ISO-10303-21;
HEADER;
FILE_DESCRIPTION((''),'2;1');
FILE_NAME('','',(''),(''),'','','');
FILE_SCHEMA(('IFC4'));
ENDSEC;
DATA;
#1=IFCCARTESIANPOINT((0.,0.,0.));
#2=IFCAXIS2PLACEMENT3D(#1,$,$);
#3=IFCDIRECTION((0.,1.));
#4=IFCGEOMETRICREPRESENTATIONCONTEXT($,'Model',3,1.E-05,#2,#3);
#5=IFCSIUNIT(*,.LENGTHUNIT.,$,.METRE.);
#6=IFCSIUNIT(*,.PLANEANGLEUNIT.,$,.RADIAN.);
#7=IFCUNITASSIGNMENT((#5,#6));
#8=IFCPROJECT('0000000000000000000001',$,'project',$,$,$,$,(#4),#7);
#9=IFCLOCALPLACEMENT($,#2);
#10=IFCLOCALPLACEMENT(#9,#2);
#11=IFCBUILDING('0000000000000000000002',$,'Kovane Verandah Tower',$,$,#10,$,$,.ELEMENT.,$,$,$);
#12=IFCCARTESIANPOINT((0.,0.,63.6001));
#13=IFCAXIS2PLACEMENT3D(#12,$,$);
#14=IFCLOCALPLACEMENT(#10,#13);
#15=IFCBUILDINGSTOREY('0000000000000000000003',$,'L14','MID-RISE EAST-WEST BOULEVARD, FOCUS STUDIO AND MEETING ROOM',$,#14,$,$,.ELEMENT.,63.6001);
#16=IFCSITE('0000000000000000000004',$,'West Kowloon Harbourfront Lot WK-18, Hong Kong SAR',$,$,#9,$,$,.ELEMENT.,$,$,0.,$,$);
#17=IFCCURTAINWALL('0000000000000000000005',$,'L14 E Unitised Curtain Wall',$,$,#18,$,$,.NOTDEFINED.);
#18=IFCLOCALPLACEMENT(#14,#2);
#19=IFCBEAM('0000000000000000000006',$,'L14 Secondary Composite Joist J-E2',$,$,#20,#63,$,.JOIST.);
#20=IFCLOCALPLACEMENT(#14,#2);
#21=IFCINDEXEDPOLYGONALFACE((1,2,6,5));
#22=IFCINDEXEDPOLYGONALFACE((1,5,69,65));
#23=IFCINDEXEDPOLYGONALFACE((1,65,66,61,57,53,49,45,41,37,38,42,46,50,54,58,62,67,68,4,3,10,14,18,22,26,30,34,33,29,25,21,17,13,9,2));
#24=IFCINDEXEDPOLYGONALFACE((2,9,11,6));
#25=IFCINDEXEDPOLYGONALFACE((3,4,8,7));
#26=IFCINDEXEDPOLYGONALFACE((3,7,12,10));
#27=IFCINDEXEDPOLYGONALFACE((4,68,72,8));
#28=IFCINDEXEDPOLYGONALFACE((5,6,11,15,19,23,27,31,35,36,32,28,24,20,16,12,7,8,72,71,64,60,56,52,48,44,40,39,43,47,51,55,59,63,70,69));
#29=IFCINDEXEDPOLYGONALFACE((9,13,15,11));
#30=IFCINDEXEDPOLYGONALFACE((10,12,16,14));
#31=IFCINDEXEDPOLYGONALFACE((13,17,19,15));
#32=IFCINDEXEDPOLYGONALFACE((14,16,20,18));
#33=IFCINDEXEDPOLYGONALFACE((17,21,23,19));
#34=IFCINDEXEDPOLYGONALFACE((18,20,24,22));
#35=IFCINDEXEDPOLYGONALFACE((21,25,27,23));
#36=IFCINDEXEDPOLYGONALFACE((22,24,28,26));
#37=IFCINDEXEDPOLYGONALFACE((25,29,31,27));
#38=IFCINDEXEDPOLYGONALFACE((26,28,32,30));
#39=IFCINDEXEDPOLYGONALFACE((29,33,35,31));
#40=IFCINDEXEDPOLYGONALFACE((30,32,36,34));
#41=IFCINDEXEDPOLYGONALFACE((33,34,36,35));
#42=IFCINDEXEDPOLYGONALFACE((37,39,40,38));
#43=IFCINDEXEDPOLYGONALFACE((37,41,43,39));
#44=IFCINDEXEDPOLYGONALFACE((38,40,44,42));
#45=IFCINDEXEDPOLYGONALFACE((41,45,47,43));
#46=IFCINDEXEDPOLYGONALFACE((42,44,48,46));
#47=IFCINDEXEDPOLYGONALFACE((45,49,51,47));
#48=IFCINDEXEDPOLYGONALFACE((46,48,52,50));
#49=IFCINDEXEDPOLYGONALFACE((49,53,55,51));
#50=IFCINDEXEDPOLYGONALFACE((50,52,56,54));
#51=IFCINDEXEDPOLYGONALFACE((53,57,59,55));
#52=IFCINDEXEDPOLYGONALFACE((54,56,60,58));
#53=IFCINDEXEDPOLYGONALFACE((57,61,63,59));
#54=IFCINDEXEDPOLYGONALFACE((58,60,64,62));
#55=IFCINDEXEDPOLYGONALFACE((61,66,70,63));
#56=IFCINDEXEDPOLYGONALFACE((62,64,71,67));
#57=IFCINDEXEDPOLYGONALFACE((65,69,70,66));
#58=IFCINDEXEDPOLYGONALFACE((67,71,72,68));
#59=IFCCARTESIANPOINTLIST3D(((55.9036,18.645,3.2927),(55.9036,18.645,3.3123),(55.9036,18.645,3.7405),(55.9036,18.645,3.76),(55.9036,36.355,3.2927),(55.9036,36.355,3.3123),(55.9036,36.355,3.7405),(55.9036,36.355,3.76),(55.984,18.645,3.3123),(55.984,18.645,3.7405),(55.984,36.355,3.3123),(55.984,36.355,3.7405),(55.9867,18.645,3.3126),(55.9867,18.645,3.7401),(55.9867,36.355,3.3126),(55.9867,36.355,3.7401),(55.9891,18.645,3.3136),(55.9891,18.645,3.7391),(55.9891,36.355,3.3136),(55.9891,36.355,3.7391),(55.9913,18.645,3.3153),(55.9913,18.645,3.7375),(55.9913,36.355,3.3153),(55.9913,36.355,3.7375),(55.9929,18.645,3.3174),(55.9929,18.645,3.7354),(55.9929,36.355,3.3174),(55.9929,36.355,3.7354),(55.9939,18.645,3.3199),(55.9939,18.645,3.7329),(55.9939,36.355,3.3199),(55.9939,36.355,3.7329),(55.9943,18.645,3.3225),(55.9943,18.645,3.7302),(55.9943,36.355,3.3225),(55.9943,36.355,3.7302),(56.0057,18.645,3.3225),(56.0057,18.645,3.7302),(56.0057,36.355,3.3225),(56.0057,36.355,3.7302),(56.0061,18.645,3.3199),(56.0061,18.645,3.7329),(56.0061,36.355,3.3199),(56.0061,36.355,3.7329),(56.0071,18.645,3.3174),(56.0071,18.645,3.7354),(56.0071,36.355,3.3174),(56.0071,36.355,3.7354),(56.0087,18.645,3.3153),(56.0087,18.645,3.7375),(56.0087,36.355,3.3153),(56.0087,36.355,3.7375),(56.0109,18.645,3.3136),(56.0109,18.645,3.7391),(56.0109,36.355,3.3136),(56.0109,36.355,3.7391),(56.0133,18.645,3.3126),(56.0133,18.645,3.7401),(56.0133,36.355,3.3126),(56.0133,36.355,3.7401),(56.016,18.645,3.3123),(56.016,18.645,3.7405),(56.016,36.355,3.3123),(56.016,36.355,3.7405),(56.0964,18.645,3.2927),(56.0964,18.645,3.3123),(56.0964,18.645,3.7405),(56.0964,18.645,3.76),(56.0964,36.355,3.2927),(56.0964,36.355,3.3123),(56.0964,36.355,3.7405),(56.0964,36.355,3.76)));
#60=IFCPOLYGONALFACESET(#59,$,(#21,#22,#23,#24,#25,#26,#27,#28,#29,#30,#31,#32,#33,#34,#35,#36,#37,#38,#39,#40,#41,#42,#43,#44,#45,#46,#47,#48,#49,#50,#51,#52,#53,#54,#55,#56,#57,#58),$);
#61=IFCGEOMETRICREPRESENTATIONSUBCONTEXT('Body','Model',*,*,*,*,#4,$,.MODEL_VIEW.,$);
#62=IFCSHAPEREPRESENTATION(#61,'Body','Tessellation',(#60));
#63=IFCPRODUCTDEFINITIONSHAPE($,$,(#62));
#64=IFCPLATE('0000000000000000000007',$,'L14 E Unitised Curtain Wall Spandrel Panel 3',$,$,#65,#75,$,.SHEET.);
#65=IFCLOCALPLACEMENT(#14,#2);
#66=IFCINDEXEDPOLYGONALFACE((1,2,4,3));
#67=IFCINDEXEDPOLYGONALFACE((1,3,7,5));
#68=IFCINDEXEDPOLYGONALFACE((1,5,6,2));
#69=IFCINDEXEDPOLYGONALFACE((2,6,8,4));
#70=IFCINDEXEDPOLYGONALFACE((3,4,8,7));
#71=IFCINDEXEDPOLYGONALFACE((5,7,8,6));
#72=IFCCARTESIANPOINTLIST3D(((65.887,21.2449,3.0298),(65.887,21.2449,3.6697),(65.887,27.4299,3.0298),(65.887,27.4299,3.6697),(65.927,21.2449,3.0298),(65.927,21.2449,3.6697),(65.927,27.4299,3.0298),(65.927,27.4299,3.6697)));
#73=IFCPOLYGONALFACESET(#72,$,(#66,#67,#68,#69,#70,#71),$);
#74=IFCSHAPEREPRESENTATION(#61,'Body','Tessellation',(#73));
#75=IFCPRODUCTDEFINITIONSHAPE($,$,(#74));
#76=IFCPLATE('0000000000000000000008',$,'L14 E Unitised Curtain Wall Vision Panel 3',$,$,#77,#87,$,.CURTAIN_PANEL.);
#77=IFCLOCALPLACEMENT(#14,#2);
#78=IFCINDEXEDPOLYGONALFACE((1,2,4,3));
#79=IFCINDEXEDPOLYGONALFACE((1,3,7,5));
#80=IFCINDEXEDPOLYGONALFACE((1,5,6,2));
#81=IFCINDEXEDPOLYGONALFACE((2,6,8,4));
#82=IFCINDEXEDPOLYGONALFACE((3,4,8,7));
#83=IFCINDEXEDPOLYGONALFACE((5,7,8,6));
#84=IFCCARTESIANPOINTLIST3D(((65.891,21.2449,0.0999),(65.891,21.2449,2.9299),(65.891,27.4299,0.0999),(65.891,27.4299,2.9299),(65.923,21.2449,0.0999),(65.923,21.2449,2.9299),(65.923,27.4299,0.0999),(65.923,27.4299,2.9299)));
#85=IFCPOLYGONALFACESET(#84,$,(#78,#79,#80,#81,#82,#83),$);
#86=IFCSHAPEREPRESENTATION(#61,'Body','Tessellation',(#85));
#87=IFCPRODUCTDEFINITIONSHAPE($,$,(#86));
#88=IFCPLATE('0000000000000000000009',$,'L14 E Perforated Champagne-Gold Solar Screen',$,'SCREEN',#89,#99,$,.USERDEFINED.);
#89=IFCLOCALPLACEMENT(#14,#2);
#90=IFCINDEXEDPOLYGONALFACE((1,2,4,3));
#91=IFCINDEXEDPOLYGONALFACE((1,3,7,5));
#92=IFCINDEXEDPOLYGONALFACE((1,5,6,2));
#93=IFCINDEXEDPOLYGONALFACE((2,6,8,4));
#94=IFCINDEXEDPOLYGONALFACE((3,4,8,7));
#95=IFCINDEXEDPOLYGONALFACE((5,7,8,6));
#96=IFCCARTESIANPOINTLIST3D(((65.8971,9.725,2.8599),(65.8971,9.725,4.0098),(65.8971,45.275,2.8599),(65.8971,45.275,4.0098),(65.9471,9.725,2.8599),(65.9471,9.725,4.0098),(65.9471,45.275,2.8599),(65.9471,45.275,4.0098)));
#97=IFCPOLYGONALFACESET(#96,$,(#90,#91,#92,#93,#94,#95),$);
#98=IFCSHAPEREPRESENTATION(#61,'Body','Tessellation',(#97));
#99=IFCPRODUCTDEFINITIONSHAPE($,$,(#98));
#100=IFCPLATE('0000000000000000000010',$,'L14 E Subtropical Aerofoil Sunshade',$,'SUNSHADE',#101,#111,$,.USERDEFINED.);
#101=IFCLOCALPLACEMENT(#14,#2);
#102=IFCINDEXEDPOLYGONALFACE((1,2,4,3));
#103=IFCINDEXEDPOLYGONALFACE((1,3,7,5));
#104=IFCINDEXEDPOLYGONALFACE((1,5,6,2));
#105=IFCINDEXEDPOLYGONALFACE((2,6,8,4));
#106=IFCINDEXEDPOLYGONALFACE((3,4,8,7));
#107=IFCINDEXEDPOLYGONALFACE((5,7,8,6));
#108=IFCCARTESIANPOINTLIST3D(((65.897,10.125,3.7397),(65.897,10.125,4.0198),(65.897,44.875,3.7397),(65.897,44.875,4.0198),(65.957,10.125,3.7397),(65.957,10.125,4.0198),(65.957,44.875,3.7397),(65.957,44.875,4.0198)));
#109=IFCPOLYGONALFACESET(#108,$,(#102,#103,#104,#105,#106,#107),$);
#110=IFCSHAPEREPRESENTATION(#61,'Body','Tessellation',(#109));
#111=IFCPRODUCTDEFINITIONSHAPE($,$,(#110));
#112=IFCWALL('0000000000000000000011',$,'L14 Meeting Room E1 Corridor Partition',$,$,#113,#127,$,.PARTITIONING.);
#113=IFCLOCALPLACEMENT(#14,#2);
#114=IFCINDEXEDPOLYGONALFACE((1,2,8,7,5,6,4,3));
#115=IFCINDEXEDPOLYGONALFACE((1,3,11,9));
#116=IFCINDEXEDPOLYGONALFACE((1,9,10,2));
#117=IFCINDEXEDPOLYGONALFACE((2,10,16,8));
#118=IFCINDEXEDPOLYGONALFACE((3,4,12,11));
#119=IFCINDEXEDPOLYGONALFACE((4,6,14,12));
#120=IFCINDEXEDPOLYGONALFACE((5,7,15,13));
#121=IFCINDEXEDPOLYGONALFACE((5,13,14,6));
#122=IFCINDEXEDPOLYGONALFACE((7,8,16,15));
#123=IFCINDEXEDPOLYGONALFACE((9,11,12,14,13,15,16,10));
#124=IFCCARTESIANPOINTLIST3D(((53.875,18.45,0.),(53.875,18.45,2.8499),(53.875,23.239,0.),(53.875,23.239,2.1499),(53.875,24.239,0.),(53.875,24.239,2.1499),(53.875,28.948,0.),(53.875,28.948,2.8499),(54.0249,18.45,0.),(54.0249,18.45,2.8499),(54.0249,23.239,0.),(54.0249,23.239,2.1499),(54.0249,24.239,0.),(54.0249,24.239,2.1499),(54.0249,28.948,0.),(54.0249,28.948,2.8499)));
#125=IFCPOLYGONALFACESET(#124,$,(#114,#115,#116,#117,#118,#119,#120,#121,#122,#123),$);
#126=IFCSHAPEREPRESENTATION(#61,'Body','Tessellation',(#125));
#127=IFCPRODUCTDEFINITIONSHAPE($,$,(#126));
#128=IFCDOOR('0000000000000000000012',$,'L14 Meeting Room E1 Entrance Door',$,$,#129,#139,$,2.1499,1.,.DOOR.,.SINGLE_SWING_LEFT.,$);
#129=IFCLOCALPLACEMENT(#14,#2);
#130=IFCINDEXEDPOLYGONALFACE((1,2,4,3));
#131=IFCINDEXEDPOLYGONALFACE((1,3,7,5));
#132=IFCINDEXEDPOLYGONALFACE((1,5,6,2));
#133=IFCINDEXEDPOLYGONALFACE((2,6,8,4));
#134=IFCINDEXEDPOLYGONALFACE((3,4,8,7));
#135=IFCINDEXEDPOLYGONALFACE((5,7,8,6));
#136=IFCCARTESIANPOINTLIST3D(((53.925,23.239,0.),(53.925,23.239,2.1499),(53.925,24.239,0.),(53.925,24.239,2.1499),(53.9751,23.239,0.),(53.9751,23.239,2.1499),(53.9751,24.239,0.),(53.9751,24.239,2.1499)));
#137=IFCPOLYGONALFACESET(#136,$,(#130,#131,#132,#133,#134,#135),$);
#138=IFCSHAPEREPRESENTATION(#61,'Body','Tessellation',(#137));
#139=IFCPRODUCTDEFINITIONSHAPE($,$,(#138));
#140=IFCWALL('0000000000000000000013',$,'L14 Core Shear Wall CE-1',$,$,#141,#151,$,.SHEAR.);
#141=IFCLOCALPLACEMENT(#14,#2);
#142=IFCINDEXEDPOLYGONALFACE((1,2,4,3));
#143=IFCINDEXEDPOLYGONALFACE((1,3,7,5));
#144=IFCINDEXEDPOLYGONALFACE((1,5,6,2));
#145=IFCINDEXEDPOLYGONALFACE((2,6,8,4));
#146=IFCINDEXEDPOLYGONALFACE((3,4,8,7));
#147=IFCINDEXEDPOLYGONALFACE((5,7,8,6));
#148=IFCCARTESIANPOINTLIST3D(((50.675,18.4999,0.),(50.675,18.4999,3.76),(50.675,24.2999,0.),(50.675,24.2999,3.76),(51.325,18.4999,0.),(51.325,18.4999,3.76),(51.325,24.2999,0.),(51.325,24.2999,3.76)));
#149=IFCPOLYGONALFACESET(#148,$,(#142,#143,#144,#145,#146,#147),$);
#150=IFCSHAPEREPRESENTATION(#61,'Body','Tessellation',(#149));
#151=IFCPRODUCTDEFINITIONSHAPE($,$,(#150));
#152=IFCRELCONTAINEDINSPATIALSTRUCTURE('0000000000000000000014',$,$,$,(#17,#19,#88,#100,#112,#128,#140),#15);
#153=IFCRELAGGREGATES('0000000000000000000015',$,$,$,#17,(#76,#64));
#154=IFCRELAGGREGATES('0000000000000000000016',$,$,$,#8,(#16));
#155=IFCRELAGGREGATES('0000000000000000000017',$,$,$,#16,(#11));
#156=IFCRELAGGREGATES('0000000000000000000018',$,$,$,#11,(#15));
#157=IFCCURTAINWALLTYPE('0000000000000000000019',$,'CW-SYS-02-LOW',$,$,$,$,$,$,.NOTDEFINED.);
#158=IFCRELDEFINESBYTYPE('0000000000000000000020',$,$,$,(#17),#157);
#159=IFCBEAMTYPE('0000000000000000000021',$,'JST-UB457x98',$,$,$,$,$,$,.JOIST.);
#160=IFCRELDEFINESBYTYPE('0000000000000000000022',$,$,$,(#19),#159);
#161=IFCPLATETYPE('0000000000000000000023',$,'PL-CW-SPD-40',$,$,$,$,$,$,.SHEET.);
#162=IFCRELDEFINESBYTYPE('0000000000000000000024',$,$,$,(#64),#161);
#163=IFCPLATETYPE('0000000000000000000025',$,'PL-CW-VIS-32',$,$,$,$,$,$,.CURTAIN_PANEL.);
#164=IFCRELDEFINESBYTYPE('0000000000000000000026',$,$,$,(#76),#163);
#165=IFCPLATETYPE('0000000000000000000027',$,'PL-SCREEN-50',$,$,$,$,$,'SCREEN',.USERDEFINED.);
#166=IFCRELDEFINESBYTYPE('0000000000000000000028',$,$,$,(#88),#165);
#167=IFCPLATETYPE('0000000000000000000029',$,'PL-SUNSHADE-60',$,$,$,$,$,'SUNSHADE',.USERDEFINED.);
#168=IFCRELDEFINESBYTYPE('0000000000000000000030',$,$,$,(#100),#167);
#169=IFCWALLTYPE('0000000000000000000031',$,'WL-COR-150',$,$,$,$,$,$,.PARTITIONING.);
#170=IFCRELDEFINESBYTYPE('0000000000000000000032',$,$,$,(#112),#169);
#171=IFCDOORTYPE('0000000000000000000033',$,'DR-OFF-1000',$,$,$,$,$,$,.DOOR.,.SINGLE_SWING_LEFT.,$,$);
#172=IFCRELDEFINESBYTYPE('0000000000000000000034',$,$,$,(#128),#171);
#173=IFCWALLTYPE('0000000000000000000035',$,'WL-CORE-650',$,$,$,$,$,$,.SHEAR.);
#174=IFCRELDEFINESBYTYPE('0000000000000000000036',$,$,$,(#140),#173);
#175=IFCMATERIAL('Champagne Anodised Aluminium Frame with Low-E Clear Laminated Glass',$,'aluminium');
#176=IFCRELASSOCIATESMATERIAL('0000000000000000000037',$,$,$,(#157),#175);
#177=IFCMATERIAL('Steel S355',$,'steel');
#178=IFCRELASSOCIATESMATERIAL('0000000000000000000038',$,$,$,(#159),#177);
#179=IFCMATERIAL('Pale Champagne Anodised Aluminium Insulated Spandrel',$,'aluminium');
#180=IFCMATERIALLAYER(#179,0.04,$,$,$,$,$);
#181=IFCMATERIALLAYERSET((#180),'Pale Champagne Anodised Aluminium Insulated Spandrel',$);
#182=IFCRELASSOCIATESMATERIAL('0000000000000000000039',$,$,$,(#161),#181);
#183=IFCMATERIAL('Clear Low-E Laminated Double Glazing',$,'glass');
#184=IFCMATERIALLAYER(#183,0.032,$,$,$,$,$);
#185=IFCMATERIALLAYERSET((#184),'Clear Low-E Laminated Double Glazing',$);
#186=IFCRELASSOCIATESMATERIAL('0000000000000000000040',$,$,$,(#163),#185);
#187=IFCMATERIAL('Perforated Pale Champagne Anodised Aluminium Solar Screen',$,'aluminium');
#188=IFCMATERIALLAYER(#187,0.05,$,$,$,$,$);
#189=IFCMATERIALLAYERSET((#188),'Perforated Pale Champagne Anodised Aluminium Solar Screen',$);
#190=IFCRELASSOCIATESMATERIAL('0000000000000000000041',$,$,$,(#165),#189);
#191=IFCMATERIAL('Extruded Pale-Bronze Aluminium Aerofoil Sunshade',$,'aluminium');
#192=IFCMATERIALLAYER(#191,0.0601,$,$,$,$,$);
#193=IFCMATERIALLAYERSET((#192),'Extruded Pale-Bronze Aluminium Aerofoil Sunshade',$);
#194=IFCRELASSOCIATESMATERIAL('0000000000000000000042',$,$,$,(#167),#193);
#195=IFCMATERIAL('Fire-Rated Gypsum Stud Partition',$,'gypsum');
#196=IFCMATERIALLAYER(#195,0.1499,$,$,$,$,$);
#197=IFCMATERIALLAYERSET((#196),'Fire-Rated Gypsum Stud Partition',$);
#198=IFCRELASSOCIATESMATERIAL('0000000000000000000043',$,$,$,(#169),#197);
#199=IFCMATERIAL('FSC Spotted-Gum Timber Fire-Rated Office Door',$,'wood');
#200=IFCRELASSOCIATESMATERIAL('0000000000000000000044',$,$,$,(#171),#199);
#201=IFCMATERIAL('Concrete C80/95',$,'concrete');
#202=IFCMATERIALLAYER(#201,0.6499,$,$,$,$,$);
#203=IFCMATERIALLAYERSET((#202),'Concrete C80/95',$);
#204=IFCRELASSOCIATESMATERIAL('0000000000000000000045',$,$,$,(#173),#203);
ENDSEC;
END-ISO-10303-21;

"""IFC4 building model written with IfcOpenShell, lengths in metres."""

from ifc_helpers import new_model, si_unit, direction, frame, frame_2d, origin, origin_2d, place, context, subcontext, project, spatial, rectangle, i_section, extrude, material, layer, layer_set, material_profile, profile_set, type_object, element, fill, aggregate, save


model = new_model("IFC4")

# Units and contexts
model_context = context("Model", 3, precision=1e-05, world=origin(), true_north=direction((0.0, 1.0)))
body_context = subcontext(model_context, "Body", "Model", "MODEL_VIEW")
ifc_project = project(units=[si_unit("LENGTHUNIT", "METRE"), si_unit("PLANEANGLEUNIT", "RADIAN")], contexts=[model_context])

# Site, building, storey
site_placement = place(None, origin())
site = spatial("IfcSite", under=ifc_project, at=site_placement, Name="West Kowloon Harbourfront Lot WK-18, Hong Kong SAR", CompositionType="ELEMENT", RefElevation=0.0)
building_placement = place(site_placement, origin())
building = spatial("IfcBuilding", under=site, at=building_placement, Name="Kovane Verandah Tower", CompositionType="ELEMENT")
storey_placement = place(building_placement, frame((0.0, 0.0, 63.6001)))
storey = spatial("IfcBuildingStorey", under=building, at=storey_placement, Name="L14", Description="MID-RISE EAST-WEST BOULEVARD, FOCUS STUDIO AND MEETING ROOM", CompositionType="ELEMENT", Elevation=63.6001)

# Shared definitions
ifc_material_1 = material(Name="Concrete C80/95", Category="concrete")

# Shared definitions
ifc_material_2 = material(Name="Steel S355", Category="steel")

# Curtain wall
ifc_material_3 = material(Name="Champagne Anodised Aluminium Frame with Low-E Clear Laminated Glass", Category="aluminium")
curtain_wall_type = type_object("IfcCurtainWallType", Name="CW-SYS-02-LOW", PredefinedType="NOTDEFINED", material=ifc_material_3)
curtain_wall_placement = place(storey_placement, origin())
curtain_wall = element("IfcCurtainWall", 1, at=curtain_wall_placement, inside=storey, type_object=curtain_wall_type, Name="L14 E Unitised Curtain Wall", PredefinedType="NOTDEFINED")

# Beam
ifc_material_profile_1 = material_profile(ifc_material_2, i_section(OverallWidth=0.1929, OverallDepth=0.4673, WebThickness=0.0115, FlangeThickness=0.0195, FilletRadius=0.0103, at=origin_2d()), Name="UB457x191x98")
ifc_profile_set_1 = profile_set([ifc_material_profile_1], Name="Steel S355")
beam_type_1 = type_object("IfcBeamType", Name="JST-UB457x98", PredefinedType="JOIST", material=ifc_profile_set_1)
for number, where, z_axis, x_axis, name in (
    (2, (56.0, 18.645, 3.5264), (0.0, 1.0, 0.0), (-1.0, 0.0, 0.0), "L14 Secondary Composite Joist J-E2"),
):
    element("IfcBeam", number, at=place(storey_placement, frame(where, z_axis=z_axis, x_axis=x_axis)), inside=storey, type_object=beam_type_1, Name=name, PredefinedType="JOIST", context=body_context, shape_type="SweptSolid", body=[
        extrude(i_section(OverallWidth=0.1929, OverallDepth=0.4673, WebThickness=0.0115, FlangeThickness=0.0195, FilletRadius=0.0103, at=origin_2d()), origin(), (0.0, 0.0, 1.0), 17.71),
    ])

# Plates
ifc_material_4 = material(Name="Pale Champagne Anodised Aluminium Insulated Spandrel", Category="aluminium")
ifc_layer_1 = layer(ifc_material_4, 0.04)
ifc_layer_set_1 = layer_set([ifc_layer_1], Name="Pale Champagne Anodised Aluminium Insulated Spandrel")
plate_type_1 = type_object("IfcPlateType", Name="PL-CW-SPD-40", PredefinedType="SHEET", material=ifc_layer_set_1)
plate_1_placement = place(storey_placement, frame((65.907, 24.3374, 3.0298), z_axis=(0.0, 0.0, 1.0), x_axis=(0.0, 1.0, 0.0)))
plate_1 = element("IfcPlate", 3, at=plate_1_placement, type_object=plate_type_1, Name="L14 E Unitised Curtain Wall Spandrel Panel 3", PredefinedType="SHEET", context=body_context, shape_type="SweptSolid", body=[
    extrude(rectangle(XDim=6.1851, YDim=0.04, at=origin_2d()), origin(), (0.0, 0.0, 1.0), 0.6399),
])
ifc_material_5 = material(Name="Clear Low-E Laminated Double Glazing", Category="glass")
ifc_layer_2 = layer(ifc_material_5, 0.032)
ifc_layer_set_2 = layer_set([ifc_layer_2], Name="Clear Low-E Laminated Double Glazing")
plate_type_2 = type_object("IfcPlateType", Name="PL-CW-VIS-32", PredefinedType="CURTAIN_PANEL", material=ifc_layer_set_2)
plate_2_placement = place(storey_placement, frame((65.907, 24.3374, 0.0999), z_axis=(0.0, 0.0, 1.0), x_axis=(0.0, 1.0, 0.0)))
plate_2 = element("IfcPlate", 4, at=plate_2_placement, type_object=plate_type_2, Name="L14 E Unitised Curtain Wall Vision Panel 3", PredefinedType="CURTAIN_PANEL", context=body_context, shape_type="SweptSolid", body=[
    extrude(rectangle(XDim=6.1851, YDim=0.032, at=origin_2d()), origin(), (0.0, 0.0, 1.0), 2.8301),
])
aggregate(curtain_wall, [plate_2, plate_1])

# Plates
ifc_material_6 = material(Name="Perforated Pale Champagne Anodised Aluminium Solar Screen", Category="aluminium")
ifc_layer_3 = layer(ifc_material_6, 0.05)
ifc_layer_set_3 = layer_set([ifc_layer_3], Name="Perforated Pale Champagne Anodised Aluminium Solar Screen")
plate_type_3 = type_object("IfcPlateType", Name="PL-SCREEN-50", ElementType="SCREEN", PredefinedType="USERDEFINED", material=ifc_layer_set_3)
plate_3_placement = place(storey_placement, frame((65.9221, 27.5, 2.8599), z_axis=(0.0, 0.0, 1.0), x_axis=(0.0, 1.0, 0.0)))
element("IfcPlate", 5, at=plate_3_placement, inside=storey, type_object=plate_type_3, Name="L14 E Perforated Champagne-Gold Solar Screen", ObjectType="SCREEN", PredefinedType="USERDEFINED", context=body_context, shape_type="SweptSolid", body=[
    extrude(rectangle(XDim=35.55, YDim=0.05, at=origin_2d()), origin(), (0.0, 0.0, 1.0), 1.1499),
])
ifc_material_7 = material(Name="Extruded Pale-Bronze Aluminium Aerofoil Sunshade", Category="aluminium")
ifc_layer_4 = layer(ifc_material_7, 0.0601)
ifc_layer_set_4 = layer_set([ifc_layer_4], Name="Extruded Pale-Bronze Aluminium Aerofoil Sunshade")
plate_type_4 = type_object("IfcPlateType", Name="PL-SUNSHADE-60", ElementType="SUNSHADE", PredefinedType="USERDEFINED", material=ifc_layer_set_4)
plate_4_placement = place(storey_placement, frame((65.927, 27.5, 3.7397), z_axis=(0.0, 0.0, 1.0), x_axis=(0.0, 1.0, 0.0)))
element("IfcPlate", 6, at=plate_4_placement, inside=storey, type_object=plate_type_4, Name="L14 E Subtropical Aerofoil Sunshade", ObjectType="SUNSHADE", PredefinedType="USERDEFINED", context=body_context, shape_type="SweptSolid", body=[
    extrude(rectangle(XDim=34.75, YDim=0.0601, at=origin_2d()), origin(), (0.0, 0.0, 1.0), 0.28),
])

# Wall, opening, door
ifc_material_8 = material(Name="Fire-Rated Gypsum Stud Partition", Category="gypsum")
ifc_layer_5 = layer(ifc_material_8, 0.1499)
ifc_layer_set_5 = layer_set([ifc_layer_5], Name="Fire-Rated Gypsum Stud Partition")
wall_type_1 = type_object("IfcWallType", Name="WL-COR-150", PredefinedType="PARTITIONING", material=ifc_layer_set_5)
wall_1_placement = place(storey_placement, frame((53.95, 18.45, 0.0), z_axis=(0.0, 0.0, 1.0), x_axis=(0.0, 1.0, 0.0)))
wall_1 = element("IfcWall", 7, at=wall_1_placement, inside=storey, type_object=wall_type_1, Name="L14 Meeting Room E1 Corridor Partition", PredefinedType="PARTITIONING", context=body_context, shape_type="SweptSolid", body=[
    extrude(rectangle(XDim=10.498, YDim=0.1499, at=frame_2d((5.249, 0.0))), origin(), (0.0, 0.0, 1.0), 2.8499),
])
opening_1_placement = place(wall_1_placement, frame((4.7891, 0.0, 0.0)))
opening_1 = element("IfcOpeningElement", 8, at=opening_1_placement, cuts=wall_1, PredefinedType="OPENING", context=body_context, shape_type="SweptSolid", body=[
    extrude(rectangle(XDim=1.0, YDim=2.1499, at=frame_2d((0.5, 1.075))), frame((0.0, 0.075, 0.0), z_axis=(0.0, -1.0, 0.0), x_axis=(1.0, 0.0, 0.0)), (0.0, 0.0, 1.0), 0.1499),
])
ifc_material_9 = material(Name="FSC Spotted-Gum Timber Fire-Rated Office Door", Category="wood")
door_type_1 = type_object("IfcDoorType", Name="DR-OFF-1000", OperationType="SINGLE_SWING_LEFT", PredefinedType="DOOR", material=ifc_material_9)
door_1_placement = place(opening_1_placement, origin())
door_1 = element("IfcDoor", 9, at=door_1_placement, inside=storey, type_object=door_type_1, Name="L14 Meeting Room E1 Entrance Door", OperationType="SINGLE_SWING_LEFT", OverallHeight=2.1499, OverallWidth=1.0, PredefinedType="DOOR", context=body_context, shape_type="SweptSolid", body=[
    extrude(rectangle(XDim=1.0, YDim=2.1499, at=frame_2d((0.5, 1.075))), frame((0.0, 0.0249, 0.0), z_axis=(0.0, -1.0, 0.0), x_axis=(1.0, 0.0, 0.0)), (0.0, 0.0, 1.0), 0.05),
])
fill(opening_1, door_1)

# Wall
ifc_layer_6 = layer(ifc_material_1, 0.6499)
ifc_layer_set_6 = layer_set([ifc_layer_6], Name="Concrete C80/95")
wall_type_2 = type_object("IfcWallType", Name="WL-CORE-650", PredefinedType="SHEAR", material=ifc_layer_set_6)
wall_2_placement = place(storey_placement, frame((51.0, 18.5, 0.0), z_axis=(0.0, 0.0, 1.0), x_axis=(0.0, 1.0, 0.0)))
element("IfcWall", 10, at=wall_2_placement, inside=storey, type_object=wall_type_2, Name="L14 Core Shear Wall CE-1", PredefinedType="SHEAR", context=body_context, shape_type="SweptSolid", body=[
    extrude(rectangle(XDim=5.8, YDim=0.6499, at=frame_2d((2.8999, 0.0))), origin(), (0.0, 0.0, 1.0), 3.76),
])

save(model, "model.ifc")
